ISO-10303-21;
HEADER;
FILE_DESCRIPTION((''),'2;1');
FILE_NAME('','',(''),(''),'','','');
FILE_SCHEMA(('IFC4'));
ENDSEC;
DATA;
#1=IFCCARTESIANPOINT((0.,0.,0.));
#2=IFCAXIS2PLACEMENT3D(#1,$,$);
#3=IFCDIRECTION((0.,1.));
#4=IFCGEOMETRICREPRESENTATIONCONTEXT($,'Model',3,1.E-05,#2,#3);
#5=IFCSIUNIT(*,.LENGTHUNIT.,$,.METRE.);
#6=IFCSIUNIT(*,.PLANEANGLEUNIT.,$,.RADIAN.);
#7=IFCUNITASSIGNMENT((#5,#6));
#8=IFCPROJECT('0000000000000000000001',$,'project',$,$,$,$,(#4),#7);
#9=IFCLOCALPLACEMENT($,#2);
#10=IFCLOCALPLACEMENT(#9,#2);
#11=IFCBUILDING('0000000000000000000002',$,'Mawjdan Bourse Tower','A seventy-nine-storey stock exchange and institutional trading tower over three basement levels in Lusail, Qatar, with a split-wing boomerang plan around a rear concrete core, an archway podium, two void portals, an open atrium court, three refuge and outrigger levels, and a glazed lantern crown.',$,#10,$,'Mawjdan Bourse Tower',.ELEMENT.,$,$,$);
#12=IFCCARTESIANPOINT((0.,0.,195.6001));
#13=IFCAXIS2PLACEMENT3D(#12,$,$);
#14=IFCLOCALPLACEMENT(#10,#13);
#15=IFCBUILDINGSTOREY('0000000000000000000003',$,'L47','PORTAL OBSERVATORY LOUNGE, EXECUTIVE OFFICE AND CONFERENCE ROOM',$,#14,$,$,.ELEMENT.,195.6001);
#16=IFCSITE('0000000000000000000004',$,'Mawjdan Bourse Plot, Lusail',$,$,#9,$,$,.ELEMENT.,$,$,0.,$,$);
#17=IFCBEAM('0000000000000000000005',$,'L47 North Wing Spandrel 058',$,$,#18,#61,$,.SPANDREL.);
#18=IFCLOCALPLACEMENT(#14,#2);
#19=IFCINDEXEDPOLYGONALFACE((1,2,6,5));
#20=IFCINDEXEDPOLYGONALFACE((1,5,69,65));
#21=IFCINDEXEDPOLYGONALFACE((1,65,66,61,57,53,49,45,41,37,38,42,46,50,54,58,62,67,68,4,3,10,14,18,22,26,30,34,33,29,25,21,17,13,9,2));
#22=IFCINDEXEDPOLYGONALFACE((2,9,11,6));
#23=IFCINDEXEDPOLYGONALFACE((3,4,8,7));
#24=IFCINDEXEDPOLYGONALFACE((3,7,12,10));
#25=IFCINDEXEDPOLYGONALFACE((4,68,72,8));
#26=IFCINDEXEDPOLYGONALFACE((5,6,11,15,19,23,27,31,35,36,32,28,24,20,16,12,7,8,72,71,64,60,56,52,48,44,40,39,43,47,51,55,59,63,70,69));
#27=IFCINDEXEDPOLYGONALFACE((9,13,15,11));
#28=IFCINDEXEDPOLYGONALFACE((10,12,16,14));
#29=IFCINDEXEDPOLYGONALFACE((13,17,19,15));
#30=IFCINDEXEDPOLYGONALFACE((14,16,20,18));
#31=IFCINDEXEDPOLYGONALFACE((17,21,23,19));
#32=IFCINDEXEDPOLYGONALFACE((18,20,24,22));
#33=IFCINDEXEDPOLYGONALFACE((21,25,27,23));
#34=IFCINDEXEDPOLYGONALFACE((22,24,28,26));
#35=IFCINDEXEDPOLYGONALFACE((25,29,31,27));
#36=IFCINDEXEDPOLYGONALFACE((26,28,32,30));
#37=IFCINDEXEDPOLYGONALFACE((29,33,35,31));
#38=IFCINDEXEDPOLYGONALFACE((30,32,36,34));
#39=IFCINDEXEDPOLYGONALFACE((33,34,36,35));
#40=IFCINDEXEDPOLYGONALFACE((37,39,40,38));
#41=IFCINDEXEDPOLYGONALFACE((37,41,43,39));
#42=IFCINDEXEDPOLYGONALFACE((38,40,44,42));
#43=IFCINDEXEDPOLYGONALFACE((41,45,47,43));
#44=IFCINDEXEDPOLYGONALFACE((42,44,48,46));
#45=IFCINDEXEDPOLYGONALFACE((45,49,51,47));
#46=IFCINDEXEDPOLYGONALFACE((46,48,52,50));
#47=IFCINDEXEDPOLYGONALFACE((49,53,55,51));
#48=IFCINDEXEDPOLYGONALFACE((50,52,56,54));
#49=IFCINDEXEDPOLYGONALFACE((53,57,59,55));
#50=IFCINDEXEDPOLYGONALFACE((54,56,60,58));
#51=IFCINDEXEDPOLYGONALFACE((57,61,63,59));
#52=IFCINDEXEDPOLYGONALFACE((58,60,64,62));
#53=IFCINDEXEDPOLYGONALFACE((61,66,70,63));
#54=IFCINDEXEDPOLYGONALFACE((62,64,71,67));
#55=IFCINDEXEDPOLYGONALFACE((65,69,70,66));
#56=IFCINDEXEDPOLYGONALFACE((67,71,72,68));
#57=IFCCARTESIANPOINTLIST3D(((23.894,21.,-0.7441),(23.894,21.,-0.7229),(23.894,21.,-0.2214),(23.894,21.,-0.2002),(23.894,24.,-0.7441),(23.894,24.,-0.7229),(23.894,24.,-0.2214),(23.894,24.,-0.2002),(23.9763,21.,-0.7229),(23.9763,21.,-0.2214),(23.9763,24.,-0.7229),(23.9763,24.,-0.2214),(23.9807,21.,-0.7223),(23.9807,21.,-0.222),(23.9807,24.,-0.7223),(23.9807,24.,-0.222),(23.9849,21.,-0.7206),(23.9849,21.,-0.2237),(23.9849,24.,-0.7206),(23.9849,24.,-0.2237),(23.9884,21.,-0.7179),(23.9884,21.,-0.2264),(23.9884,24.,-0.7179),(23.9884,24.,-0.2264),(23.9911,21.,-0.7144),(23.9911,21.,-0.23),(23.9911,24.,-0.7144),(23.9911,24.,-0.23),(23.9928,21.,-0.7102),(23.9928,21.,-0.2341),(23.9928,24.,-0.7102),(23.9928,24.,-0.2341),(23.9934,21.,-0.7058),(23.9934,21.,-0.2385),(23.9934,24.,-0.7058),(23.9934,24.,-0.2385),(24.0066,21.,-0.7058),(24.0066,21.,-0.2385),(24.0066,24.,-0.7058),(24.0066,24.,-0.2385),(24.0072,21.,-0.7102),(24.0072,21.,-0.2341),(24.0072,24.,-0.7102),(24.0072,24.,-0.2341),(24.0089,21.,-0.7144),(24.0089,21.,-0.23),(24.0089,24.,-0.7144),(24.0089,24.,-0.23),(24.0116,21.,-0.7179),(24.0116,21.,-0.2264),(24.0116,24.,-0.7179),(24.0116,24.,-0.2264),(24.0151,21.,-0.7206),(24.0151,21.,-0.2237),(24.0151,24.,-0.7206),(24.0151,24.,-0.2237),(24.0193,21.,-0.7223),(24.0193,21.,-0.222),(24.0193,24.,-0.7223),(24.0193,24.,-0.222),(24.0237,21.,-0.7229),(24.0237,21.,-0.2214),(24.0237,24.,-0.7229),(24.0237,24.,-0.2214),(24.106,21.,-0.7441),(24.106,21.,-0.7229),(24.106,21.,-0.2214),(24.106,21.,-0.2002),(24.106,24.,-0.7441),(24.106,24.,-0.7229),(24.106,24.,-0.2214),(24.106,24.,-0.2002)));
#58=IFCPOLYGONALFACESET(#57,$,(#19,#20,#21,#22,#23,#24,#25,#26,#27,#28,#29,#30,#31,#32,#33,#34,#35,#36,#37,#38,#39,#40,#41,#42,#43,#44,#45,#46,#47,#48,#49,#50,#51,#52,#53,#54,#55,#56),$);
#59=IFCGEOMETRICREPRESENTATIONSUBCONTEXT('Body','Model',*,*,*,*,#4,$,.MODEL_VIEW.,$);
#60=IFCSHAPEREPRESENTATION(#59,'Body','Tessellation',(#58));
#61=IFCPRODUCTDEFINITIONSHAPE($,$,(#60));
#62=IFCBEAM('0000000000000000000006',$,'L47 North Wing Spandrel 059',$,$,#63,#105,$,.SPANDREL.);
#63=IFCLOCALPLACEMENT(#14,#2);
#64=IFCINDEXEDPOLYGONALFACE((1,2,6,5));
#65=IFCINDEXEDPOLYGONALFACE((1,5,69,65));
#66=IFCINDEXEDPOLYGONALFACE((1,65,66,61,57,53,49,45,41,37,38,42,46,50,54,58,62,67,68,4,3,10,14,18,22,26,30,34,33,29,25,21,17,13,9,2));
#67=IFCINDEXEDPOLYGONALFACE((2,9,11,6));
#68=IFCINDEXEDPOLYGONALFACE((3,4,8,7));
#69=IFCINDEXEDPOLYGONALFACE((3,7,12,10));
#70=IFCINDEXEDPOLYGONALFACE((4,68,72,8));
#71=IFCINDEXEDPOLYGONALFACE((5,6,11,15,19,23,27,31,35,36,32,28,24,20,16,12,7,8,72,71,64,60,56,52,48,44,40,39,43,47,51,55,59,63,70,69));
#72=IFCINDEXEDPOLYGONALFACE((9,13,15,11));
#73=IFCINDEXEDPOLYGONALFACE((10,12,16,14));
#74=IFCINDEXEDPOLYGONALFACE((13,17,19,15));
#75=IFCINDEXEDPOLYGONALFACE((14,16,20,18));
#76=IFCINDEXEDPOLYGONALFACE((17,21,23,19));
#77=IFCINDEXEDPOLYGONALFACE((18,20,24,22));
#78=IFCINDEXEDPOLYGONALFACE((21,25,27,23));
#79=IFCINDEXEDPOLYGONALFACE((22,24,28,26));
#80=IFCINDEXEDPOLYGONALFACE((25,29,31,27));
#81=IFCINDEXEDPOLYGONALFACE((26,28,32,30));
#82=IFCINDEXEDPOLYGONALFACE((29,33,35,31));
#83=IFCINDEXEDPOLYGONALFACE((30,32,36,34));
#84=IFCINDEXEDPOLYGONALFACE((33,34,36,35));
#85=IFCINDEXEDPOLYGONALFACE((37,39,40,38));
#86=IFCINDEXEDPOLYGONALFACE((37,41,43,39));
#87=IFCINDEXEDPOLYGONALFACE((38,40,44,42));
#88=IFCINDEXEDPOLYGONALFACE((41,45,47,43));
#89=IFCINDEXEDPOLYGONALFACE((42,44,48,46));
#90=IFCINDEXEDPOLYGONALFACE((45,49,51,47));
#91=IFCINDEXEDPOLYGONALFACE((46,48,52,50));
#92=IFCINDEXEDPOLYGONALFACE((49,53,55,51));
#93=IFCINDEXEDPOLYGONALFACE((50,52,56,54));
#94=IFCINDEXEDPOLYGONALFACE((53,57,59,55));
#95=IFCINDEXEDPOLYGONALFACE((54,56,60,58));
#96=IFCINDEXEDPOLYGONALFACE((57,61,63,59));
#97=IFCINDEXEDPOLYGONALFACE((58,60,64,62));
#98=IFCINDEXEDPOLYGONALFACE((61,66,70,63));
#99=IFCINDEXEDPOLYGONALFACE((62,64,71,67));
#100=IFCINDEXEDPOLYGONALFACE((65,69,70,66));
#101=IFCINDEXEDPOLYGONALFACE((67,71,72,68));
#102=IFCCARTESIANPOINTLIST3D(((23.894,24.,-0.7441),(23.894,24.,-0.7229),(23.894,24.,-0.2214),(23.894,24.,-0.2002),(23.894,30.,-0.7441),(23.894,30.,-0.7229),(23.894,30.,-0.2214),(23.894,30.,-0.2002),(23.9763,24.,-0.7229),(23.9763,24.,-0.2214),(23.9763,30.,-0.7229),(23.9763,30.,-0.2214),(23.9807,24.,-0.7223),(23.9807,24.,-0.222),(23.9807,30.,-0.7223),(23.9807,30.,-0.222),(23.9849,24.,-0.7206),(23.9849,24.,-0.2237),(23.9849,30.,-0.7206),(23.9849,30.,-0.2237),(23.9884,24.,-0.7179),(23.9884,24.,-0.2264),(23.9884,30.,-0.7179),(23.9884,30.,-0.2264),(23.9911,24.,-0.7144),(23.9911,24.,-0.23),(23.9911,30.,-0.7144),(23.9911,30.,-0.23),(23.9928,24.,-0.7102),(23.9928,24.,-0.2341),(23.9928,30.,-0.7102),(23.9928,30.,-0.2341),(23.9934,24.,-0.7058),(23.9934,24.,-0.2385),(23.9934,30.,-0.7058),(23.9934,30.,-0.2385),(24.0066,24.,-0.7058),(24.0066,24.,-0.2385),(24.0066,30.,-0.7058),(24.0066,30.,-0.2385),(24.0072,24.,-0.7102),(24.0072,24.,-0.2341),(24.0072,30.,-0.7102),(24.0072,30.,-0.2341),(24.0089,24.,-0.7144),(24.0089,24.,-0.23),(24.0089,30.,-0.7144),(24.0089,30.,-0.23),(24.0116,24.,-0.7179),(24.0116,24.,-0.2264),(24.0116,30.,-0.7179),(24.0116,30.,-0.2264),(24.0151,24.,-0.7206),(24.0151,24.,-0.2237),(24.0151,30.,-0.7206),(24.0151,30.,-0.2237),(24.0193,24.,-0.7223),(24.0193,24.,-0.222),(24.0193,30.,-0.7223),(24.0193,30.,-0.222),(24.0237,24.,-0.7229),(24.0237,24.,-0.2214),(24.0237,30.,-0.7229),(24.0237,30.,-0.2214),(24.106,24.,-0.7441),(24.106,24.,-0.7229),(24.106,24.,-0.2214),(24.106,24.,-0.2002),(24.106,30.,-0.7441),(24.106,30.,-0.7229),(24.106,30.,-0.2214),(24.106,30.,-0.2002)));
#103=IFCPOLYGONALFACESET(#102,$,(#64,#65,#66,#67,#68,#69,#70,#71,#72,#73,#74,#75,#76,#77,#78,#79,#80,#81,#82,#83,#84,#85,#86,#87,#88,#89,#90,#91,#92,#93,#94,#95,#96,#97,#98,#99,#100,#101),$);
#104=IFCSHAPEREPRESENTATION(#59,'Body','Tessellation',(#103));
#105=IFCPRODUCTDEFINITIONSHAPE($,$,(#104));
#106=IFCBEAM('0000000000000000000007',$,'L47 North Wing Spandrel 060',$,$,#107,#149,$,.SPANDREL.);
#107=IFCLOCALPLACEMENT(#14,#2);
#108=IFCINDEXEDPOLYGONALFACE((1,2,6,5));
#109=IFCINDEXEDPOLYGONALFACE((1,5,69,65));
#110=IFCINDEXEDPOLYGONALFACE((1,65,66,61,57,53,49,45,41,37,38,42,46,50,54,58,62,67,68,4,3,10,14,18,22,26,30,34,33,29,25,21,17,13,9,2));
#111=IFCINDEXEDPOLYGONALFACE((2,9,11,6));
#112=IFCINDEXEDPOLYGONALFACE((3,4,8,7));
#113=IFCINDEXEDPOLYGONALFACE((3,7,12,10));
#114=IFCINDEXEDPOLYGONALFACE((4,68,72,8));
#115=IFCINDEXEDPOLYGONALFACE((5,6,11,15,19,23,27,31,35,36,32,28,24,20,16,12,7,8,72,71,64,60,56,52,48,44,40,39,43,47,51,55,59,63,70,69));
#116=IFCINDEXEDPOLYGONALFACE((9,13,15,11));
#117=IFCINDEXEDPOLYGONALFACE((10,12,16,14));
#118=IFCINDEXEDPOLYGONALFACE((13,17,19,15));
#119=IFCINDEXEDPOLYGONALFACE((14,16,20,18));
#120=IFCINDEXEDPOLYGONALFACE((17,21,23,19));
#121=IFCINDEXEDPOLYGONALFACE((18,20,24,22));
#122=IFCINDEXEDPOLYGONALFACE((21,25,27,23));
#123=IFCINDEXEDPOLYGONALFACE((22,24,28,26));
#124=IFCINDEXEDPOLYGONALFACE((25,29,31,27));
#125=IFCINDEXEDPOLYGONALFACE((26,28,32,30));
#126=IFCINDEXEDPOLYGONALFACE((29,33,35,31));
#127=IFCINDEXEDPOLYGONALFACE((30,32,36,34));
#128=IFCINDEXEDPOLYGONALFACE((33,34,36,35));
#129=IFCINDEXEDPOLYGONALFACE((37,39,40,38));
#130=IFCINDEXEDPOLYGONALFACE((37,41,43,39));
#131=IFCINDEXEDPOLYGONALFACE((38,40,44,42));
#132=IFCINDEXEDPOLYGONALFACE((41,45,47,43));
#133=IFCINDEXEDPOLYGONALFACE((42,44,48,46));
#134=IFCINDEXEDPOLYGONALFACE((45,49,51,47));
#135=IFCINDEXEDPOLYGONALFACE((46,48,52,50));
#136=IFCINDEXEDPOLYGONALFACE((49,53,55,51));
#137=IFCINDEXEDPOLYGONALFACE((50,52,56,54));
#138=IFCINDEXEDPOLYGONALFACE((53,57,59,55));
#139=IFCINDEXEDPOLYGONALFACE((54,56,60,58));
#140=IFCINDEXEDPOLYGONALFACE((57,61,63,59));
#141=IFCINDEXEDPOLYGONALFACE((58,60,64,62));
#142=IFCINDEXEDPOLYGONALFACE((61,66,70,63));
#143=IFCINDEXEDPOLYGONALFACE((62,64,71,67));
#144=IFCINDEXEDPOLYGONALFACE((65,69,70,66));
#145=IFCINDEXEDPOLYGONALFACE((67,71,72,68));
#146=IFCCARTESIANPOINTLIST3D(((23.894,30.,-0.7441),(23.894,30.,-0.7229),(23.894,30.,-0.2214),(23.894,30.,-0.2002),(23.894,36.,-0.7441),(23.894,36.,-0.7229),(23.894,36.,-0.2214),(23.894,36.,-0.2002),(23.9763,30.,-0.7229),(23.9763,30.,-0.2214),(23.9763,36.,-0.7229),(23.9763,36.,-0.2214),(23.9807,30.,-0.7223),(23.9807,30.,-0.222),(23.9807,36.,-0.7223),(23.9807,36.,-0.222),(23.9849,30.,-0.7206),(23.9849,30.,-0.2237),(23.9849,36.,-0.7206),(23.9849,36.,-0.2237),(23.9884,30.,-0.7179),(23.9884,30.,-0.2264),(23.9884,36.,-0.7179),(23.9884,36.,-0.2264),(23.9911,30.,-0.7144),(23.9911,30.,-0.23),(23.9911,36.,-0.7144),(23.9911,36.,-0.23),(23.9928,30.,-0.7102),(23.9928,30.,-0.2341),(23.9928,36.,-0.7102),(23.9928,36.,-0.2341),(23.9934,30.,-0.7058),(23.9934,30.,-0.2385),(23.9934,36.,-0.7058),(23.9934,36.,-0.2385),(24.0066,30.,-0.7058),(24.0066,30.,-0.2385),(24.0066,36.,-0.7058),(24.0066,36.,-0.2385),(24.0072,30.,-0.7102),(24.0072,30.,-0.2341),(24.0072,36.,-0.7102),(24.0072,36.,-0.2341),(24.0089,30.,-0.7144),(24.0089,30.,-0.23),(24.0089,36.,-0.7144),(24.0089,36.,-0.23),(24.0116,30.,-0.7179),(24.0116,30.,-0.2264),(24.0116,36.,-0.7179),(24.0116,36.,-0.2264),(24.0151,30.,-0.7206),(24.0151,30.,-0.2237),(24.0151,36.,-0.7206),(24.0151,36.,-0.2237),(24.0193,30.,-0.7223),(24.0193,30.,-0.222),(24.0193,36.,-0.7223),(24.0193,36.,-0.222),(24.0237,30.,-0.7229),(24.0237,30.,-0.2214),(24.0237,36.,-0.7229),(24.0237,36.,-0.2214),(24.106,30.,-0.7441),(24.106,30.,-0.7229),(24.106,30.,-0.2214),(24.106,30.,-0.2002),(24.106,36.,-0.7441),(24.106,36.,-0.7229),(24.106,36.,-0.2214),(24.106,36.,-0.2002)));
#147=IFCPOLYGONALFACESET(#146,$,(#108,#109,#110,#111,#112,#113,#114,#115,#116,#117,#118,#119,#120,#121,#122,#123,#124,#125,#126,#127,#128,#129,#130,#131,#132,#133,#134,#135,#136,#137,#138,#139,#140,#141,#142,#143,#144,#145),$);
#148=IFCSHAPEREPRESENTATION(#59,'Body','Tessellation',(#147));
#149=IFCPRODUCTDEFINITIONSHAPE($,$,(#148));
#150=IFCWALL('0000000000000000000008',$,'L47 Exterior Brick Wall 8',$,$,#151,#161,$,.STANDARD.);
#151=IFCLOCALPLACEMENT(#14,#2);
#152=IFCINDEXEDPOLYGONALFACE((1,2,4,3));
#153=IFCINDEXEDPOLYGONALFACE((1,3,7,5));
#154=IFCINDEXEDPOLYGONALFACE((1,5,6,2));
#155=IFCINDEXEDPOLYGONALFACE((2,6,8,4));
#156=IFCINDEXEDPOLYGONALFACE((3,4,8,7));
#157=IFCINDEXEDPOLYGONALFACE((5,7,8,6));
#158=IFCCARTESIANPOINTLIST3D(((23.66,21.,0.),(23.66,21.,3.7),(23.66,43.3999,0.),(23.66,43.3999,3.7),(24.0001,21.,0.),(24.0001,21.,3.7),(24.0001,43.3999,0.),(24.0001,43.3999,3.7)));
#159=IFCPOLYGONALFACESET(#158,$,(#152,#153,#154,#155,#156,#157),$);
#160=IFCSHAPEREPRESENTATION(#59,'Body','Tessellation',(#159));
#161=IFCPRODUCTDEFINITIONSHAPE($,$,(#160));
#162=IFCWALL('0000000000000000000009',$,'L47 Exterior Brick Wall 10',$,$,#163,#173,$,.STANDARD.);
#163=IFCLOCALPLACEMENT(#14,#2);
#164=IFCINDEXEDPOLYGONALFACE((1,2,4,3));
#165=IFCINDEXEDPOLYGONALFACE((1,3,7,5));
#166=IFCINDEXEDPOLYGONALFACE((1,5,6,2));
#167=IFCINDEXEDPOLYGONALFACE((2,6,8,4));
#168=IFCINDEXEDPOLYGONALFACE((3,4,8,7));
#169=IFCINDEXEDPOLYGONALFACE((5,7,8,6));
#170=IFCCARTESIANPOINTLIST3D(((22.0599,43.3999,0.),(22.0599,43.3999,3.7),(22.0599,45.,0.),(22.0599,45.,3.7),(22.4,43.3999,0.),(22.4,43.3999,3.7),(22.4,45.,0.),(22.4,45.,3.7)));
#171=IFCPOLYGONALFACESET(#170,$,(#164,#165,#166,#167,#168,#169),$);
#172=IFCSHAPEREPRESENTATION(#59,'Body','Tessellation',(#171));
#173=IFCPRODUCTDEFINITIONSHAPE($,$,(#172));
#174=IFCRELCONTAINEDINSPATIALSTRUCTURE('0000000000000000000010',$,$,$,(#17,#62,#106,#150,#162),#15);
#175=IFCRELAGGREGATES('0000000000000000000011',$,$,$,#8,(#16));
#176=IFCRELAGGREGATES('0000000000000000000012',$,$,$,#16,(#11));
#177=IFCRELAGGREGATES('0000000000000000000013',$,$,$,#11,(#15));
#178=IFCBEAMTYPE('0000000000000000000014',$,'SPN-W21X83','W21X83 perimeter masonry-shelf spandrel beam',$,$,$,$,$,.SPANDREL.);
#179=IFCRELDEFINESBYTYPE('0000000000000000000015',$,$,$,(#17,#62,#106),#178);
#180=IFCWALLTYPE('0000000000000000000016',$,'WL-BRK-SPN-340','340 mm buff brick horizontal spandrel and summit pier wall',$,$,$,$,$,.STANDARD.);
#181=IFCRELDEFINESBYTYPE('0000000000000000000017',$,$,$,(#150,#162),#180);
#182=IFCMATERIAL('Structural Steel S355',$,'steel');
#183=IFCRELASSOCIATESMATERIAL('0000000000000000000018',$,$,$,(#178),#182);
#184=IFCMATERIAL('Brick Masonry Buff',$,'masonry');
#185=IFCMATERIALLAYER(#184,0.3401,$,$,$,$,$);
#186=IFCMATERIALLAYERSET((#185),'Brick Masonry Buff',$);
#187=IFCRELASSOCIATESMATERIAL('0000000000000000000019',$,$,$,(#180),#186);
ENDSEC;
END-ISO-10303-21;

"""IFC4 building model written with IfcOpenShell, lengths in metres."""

from ifc_helpers import new_model, si_unit, direction, frame, frame_2d, origin, origin_2d, place, context, subcontext, project, spatial, rectangle, i_section, extrude, material, layer, layer_set, material_profile, profile_set, type_object, element, save


model = new_model("IFC4")

# Units and contexts
model_context = context("Model", 3, precision=1e-05, world=origin(), true_north=direction((0.0, 1.0)))
body_context = subcontext(model_context, "Body", "Model", "MODEL_VIEW")
ifc_project = project(units=[si_unit("LENGTHUNIT", "METRE"), si_unit("PLANEANGLEUNIT", "RADIAN")], contexts=[model_context])

# Site, building, storey
site_placement = place(None, origin())
site = spatial("IfcSite", under=ifc_project, at=site_placement, Name="Mawjdan Bourse Plot, Lusail", CompositionType="ELEMENT", RefElevation=0.0)
building_placement = place(site_placement, origin())
building = spatial("IfcBuilding", under=site, at=building_placement, Name="Mawjdan Bourse Tower", Description="A seventy-nine-storey stock exchange and institutional trading tower over three basement levels in Lusail, Qatar, with a split-wing boomerang plan around a rear concrete core, an archway podium, two void portals, an open atrium court, three refuge and outrigger levels, and a glazed lantern crown.", LongName="Mawjdan Bourse Tower", CompositionType="ELEMENT")
storey_placement = place(building_placement, frame((0.0, 0.0, 195.6001)))
storey = spatial("IfcBuildingStorey", under=building, at=storey_placement, Name="L47", Description="PORTAL OBSERVATORY LOUNGE, EXECUTIVE OFFICE AND CONFERENCE ROOM", CompositionType="ELEMENT", Elevation=195.6001)

# Beams
ifc_material_1 = material(Name="Structural Steel S355", Category="steel")
ifc_material_profile_1 = material_profile(ifc_material_1, i_section(OverallWidth=0.2119, OverallDepth=0.5439, WebThickness=0.0132, FlangeThickness=0.0212, FilletRadius=0.0171, at=origin_2d()), Name="W21X83")
ifc_profile_set_1 = profile_set([ifc_material_profile_1], Name="Structural Steel S355")
beam_type_1 = type_object("IfcBeamType", Name="SPN-W21X83", Description="W21X83 perimeter masonry-shelf spandrel beam", PredefinedType="SPANDREL", material=ifc_profile_set_1)
beam_1_placement = place(storey_placement, frame((24.0, 21.0, -0.4722), z_axis=(0.0, 1.0, 0.0), x_axis=(-1.0, 0.0, 0.0)))
element("IfcBeam", 1, at=beam_1_placement, inside=storey, type_object=beam_type_1, Name="L47 North Wing Spandrel 058", PredefinedType="SPANDREL", context=body_context, shape_type="SweptSolid", body=[
    extrude(i_section(OverallWidth=0.2119, OverallDepth=0.5439, WebThickness=0.0132, FlangeThickness=0.0212, FilletRadius=0.0171, at=origin_2d()), origin(), (0.0, 0.0, 1.0), 3.0),
])
for number, where, z_axis, x_axis, name in (
    (2, (24.0, 24.0, -0.4722), (0.0, 1.0, 0.0), (-1.0, 0.0, 0.0), "L47 North Wing Spandrel 059"),
    (3, (24.0, 30.0, -0.4722), (0.0, 1.0, 0.0), (-1.0, 0.0, 0.0), "L47 North Wing Spandrel 060"),
):
    element("IfcBeam", number, at=place(storey_placement, frame(where, z_axis=z_axis, x_axis=x_axis)), inside=storey, type_object=beam_type_1, Name=name, PredefinedType="SPANDREL", context=body_context, shape_type="SweptSolid", body=[
        extrude(i_section(OverallWidth=0.2119, OverallDepth=0.5439, WebThickness=0.0132, FlangeThickness=0.0212, FilletRadius=0.0171, at=origin_2d()), origin(), (0.0, 0.0, 1.0), 6.0),
    ])

# Walls
ifc_material_2 = material(Name="Brick Masonry Buff", Category="masonry")
ifc_layer_1 = layer(ifc_material_2, 0.3401)
ifc_layer_set_1 = layer_set([ifc_layer_1], Name="Brick Masonry Buff")
wall_type_1 = type_object("IfcWallType", Name="WL-BRK-SPN-340", Description="340 mm buff brick horizontal spandrel and summit pier wall", PredefinedType="STANDARD", material=ifc_layer_set_1)
wall_1_placement = place(storey_placement, frame((23.8301, 21.0, 0.0), z_axis=(0.0, 0.0, 1.0), x_axis=(0.0, 1.0, 0.0)))
element("IfcWall", 4, at=wall_1_placement, inside=storey, type_object=wall_type_1, Name="L47 Exterior Brick Wall 8", PredefinedType="STANDARD", context=body_context, shape_type="SweptSolid", body=[
    extrude(rectangle(XDim=22.3999, YDim=0.3401, at=frame_2d((11.2, 0.0))), origin(), (0.0, 0.0, 1.0), 3.7),
])
wall_2_placement = place(storey_placement, frame((22.23, 43.3999, 0.0), z_axis=(0.0, 0.0, 1.0), x_axis=(0.0, 1.0, 0.0)))
element("IfcWall", 5, at=wall_2_placement, inside=storey, type_object=wall_type_1, Name="L47 Exterior Brick Wall 10", PredefinedType="STANDARD", context=body_context, shape_type="SweptSolid", body=[
    extrude(rectangle(XDim=1.6001, YDim=0.3401, at=frame_2d((0.8, 0.0))), origin(), (0.0, 0.0, 1.0), 3.7),
])

save(model, "model.ifc")
